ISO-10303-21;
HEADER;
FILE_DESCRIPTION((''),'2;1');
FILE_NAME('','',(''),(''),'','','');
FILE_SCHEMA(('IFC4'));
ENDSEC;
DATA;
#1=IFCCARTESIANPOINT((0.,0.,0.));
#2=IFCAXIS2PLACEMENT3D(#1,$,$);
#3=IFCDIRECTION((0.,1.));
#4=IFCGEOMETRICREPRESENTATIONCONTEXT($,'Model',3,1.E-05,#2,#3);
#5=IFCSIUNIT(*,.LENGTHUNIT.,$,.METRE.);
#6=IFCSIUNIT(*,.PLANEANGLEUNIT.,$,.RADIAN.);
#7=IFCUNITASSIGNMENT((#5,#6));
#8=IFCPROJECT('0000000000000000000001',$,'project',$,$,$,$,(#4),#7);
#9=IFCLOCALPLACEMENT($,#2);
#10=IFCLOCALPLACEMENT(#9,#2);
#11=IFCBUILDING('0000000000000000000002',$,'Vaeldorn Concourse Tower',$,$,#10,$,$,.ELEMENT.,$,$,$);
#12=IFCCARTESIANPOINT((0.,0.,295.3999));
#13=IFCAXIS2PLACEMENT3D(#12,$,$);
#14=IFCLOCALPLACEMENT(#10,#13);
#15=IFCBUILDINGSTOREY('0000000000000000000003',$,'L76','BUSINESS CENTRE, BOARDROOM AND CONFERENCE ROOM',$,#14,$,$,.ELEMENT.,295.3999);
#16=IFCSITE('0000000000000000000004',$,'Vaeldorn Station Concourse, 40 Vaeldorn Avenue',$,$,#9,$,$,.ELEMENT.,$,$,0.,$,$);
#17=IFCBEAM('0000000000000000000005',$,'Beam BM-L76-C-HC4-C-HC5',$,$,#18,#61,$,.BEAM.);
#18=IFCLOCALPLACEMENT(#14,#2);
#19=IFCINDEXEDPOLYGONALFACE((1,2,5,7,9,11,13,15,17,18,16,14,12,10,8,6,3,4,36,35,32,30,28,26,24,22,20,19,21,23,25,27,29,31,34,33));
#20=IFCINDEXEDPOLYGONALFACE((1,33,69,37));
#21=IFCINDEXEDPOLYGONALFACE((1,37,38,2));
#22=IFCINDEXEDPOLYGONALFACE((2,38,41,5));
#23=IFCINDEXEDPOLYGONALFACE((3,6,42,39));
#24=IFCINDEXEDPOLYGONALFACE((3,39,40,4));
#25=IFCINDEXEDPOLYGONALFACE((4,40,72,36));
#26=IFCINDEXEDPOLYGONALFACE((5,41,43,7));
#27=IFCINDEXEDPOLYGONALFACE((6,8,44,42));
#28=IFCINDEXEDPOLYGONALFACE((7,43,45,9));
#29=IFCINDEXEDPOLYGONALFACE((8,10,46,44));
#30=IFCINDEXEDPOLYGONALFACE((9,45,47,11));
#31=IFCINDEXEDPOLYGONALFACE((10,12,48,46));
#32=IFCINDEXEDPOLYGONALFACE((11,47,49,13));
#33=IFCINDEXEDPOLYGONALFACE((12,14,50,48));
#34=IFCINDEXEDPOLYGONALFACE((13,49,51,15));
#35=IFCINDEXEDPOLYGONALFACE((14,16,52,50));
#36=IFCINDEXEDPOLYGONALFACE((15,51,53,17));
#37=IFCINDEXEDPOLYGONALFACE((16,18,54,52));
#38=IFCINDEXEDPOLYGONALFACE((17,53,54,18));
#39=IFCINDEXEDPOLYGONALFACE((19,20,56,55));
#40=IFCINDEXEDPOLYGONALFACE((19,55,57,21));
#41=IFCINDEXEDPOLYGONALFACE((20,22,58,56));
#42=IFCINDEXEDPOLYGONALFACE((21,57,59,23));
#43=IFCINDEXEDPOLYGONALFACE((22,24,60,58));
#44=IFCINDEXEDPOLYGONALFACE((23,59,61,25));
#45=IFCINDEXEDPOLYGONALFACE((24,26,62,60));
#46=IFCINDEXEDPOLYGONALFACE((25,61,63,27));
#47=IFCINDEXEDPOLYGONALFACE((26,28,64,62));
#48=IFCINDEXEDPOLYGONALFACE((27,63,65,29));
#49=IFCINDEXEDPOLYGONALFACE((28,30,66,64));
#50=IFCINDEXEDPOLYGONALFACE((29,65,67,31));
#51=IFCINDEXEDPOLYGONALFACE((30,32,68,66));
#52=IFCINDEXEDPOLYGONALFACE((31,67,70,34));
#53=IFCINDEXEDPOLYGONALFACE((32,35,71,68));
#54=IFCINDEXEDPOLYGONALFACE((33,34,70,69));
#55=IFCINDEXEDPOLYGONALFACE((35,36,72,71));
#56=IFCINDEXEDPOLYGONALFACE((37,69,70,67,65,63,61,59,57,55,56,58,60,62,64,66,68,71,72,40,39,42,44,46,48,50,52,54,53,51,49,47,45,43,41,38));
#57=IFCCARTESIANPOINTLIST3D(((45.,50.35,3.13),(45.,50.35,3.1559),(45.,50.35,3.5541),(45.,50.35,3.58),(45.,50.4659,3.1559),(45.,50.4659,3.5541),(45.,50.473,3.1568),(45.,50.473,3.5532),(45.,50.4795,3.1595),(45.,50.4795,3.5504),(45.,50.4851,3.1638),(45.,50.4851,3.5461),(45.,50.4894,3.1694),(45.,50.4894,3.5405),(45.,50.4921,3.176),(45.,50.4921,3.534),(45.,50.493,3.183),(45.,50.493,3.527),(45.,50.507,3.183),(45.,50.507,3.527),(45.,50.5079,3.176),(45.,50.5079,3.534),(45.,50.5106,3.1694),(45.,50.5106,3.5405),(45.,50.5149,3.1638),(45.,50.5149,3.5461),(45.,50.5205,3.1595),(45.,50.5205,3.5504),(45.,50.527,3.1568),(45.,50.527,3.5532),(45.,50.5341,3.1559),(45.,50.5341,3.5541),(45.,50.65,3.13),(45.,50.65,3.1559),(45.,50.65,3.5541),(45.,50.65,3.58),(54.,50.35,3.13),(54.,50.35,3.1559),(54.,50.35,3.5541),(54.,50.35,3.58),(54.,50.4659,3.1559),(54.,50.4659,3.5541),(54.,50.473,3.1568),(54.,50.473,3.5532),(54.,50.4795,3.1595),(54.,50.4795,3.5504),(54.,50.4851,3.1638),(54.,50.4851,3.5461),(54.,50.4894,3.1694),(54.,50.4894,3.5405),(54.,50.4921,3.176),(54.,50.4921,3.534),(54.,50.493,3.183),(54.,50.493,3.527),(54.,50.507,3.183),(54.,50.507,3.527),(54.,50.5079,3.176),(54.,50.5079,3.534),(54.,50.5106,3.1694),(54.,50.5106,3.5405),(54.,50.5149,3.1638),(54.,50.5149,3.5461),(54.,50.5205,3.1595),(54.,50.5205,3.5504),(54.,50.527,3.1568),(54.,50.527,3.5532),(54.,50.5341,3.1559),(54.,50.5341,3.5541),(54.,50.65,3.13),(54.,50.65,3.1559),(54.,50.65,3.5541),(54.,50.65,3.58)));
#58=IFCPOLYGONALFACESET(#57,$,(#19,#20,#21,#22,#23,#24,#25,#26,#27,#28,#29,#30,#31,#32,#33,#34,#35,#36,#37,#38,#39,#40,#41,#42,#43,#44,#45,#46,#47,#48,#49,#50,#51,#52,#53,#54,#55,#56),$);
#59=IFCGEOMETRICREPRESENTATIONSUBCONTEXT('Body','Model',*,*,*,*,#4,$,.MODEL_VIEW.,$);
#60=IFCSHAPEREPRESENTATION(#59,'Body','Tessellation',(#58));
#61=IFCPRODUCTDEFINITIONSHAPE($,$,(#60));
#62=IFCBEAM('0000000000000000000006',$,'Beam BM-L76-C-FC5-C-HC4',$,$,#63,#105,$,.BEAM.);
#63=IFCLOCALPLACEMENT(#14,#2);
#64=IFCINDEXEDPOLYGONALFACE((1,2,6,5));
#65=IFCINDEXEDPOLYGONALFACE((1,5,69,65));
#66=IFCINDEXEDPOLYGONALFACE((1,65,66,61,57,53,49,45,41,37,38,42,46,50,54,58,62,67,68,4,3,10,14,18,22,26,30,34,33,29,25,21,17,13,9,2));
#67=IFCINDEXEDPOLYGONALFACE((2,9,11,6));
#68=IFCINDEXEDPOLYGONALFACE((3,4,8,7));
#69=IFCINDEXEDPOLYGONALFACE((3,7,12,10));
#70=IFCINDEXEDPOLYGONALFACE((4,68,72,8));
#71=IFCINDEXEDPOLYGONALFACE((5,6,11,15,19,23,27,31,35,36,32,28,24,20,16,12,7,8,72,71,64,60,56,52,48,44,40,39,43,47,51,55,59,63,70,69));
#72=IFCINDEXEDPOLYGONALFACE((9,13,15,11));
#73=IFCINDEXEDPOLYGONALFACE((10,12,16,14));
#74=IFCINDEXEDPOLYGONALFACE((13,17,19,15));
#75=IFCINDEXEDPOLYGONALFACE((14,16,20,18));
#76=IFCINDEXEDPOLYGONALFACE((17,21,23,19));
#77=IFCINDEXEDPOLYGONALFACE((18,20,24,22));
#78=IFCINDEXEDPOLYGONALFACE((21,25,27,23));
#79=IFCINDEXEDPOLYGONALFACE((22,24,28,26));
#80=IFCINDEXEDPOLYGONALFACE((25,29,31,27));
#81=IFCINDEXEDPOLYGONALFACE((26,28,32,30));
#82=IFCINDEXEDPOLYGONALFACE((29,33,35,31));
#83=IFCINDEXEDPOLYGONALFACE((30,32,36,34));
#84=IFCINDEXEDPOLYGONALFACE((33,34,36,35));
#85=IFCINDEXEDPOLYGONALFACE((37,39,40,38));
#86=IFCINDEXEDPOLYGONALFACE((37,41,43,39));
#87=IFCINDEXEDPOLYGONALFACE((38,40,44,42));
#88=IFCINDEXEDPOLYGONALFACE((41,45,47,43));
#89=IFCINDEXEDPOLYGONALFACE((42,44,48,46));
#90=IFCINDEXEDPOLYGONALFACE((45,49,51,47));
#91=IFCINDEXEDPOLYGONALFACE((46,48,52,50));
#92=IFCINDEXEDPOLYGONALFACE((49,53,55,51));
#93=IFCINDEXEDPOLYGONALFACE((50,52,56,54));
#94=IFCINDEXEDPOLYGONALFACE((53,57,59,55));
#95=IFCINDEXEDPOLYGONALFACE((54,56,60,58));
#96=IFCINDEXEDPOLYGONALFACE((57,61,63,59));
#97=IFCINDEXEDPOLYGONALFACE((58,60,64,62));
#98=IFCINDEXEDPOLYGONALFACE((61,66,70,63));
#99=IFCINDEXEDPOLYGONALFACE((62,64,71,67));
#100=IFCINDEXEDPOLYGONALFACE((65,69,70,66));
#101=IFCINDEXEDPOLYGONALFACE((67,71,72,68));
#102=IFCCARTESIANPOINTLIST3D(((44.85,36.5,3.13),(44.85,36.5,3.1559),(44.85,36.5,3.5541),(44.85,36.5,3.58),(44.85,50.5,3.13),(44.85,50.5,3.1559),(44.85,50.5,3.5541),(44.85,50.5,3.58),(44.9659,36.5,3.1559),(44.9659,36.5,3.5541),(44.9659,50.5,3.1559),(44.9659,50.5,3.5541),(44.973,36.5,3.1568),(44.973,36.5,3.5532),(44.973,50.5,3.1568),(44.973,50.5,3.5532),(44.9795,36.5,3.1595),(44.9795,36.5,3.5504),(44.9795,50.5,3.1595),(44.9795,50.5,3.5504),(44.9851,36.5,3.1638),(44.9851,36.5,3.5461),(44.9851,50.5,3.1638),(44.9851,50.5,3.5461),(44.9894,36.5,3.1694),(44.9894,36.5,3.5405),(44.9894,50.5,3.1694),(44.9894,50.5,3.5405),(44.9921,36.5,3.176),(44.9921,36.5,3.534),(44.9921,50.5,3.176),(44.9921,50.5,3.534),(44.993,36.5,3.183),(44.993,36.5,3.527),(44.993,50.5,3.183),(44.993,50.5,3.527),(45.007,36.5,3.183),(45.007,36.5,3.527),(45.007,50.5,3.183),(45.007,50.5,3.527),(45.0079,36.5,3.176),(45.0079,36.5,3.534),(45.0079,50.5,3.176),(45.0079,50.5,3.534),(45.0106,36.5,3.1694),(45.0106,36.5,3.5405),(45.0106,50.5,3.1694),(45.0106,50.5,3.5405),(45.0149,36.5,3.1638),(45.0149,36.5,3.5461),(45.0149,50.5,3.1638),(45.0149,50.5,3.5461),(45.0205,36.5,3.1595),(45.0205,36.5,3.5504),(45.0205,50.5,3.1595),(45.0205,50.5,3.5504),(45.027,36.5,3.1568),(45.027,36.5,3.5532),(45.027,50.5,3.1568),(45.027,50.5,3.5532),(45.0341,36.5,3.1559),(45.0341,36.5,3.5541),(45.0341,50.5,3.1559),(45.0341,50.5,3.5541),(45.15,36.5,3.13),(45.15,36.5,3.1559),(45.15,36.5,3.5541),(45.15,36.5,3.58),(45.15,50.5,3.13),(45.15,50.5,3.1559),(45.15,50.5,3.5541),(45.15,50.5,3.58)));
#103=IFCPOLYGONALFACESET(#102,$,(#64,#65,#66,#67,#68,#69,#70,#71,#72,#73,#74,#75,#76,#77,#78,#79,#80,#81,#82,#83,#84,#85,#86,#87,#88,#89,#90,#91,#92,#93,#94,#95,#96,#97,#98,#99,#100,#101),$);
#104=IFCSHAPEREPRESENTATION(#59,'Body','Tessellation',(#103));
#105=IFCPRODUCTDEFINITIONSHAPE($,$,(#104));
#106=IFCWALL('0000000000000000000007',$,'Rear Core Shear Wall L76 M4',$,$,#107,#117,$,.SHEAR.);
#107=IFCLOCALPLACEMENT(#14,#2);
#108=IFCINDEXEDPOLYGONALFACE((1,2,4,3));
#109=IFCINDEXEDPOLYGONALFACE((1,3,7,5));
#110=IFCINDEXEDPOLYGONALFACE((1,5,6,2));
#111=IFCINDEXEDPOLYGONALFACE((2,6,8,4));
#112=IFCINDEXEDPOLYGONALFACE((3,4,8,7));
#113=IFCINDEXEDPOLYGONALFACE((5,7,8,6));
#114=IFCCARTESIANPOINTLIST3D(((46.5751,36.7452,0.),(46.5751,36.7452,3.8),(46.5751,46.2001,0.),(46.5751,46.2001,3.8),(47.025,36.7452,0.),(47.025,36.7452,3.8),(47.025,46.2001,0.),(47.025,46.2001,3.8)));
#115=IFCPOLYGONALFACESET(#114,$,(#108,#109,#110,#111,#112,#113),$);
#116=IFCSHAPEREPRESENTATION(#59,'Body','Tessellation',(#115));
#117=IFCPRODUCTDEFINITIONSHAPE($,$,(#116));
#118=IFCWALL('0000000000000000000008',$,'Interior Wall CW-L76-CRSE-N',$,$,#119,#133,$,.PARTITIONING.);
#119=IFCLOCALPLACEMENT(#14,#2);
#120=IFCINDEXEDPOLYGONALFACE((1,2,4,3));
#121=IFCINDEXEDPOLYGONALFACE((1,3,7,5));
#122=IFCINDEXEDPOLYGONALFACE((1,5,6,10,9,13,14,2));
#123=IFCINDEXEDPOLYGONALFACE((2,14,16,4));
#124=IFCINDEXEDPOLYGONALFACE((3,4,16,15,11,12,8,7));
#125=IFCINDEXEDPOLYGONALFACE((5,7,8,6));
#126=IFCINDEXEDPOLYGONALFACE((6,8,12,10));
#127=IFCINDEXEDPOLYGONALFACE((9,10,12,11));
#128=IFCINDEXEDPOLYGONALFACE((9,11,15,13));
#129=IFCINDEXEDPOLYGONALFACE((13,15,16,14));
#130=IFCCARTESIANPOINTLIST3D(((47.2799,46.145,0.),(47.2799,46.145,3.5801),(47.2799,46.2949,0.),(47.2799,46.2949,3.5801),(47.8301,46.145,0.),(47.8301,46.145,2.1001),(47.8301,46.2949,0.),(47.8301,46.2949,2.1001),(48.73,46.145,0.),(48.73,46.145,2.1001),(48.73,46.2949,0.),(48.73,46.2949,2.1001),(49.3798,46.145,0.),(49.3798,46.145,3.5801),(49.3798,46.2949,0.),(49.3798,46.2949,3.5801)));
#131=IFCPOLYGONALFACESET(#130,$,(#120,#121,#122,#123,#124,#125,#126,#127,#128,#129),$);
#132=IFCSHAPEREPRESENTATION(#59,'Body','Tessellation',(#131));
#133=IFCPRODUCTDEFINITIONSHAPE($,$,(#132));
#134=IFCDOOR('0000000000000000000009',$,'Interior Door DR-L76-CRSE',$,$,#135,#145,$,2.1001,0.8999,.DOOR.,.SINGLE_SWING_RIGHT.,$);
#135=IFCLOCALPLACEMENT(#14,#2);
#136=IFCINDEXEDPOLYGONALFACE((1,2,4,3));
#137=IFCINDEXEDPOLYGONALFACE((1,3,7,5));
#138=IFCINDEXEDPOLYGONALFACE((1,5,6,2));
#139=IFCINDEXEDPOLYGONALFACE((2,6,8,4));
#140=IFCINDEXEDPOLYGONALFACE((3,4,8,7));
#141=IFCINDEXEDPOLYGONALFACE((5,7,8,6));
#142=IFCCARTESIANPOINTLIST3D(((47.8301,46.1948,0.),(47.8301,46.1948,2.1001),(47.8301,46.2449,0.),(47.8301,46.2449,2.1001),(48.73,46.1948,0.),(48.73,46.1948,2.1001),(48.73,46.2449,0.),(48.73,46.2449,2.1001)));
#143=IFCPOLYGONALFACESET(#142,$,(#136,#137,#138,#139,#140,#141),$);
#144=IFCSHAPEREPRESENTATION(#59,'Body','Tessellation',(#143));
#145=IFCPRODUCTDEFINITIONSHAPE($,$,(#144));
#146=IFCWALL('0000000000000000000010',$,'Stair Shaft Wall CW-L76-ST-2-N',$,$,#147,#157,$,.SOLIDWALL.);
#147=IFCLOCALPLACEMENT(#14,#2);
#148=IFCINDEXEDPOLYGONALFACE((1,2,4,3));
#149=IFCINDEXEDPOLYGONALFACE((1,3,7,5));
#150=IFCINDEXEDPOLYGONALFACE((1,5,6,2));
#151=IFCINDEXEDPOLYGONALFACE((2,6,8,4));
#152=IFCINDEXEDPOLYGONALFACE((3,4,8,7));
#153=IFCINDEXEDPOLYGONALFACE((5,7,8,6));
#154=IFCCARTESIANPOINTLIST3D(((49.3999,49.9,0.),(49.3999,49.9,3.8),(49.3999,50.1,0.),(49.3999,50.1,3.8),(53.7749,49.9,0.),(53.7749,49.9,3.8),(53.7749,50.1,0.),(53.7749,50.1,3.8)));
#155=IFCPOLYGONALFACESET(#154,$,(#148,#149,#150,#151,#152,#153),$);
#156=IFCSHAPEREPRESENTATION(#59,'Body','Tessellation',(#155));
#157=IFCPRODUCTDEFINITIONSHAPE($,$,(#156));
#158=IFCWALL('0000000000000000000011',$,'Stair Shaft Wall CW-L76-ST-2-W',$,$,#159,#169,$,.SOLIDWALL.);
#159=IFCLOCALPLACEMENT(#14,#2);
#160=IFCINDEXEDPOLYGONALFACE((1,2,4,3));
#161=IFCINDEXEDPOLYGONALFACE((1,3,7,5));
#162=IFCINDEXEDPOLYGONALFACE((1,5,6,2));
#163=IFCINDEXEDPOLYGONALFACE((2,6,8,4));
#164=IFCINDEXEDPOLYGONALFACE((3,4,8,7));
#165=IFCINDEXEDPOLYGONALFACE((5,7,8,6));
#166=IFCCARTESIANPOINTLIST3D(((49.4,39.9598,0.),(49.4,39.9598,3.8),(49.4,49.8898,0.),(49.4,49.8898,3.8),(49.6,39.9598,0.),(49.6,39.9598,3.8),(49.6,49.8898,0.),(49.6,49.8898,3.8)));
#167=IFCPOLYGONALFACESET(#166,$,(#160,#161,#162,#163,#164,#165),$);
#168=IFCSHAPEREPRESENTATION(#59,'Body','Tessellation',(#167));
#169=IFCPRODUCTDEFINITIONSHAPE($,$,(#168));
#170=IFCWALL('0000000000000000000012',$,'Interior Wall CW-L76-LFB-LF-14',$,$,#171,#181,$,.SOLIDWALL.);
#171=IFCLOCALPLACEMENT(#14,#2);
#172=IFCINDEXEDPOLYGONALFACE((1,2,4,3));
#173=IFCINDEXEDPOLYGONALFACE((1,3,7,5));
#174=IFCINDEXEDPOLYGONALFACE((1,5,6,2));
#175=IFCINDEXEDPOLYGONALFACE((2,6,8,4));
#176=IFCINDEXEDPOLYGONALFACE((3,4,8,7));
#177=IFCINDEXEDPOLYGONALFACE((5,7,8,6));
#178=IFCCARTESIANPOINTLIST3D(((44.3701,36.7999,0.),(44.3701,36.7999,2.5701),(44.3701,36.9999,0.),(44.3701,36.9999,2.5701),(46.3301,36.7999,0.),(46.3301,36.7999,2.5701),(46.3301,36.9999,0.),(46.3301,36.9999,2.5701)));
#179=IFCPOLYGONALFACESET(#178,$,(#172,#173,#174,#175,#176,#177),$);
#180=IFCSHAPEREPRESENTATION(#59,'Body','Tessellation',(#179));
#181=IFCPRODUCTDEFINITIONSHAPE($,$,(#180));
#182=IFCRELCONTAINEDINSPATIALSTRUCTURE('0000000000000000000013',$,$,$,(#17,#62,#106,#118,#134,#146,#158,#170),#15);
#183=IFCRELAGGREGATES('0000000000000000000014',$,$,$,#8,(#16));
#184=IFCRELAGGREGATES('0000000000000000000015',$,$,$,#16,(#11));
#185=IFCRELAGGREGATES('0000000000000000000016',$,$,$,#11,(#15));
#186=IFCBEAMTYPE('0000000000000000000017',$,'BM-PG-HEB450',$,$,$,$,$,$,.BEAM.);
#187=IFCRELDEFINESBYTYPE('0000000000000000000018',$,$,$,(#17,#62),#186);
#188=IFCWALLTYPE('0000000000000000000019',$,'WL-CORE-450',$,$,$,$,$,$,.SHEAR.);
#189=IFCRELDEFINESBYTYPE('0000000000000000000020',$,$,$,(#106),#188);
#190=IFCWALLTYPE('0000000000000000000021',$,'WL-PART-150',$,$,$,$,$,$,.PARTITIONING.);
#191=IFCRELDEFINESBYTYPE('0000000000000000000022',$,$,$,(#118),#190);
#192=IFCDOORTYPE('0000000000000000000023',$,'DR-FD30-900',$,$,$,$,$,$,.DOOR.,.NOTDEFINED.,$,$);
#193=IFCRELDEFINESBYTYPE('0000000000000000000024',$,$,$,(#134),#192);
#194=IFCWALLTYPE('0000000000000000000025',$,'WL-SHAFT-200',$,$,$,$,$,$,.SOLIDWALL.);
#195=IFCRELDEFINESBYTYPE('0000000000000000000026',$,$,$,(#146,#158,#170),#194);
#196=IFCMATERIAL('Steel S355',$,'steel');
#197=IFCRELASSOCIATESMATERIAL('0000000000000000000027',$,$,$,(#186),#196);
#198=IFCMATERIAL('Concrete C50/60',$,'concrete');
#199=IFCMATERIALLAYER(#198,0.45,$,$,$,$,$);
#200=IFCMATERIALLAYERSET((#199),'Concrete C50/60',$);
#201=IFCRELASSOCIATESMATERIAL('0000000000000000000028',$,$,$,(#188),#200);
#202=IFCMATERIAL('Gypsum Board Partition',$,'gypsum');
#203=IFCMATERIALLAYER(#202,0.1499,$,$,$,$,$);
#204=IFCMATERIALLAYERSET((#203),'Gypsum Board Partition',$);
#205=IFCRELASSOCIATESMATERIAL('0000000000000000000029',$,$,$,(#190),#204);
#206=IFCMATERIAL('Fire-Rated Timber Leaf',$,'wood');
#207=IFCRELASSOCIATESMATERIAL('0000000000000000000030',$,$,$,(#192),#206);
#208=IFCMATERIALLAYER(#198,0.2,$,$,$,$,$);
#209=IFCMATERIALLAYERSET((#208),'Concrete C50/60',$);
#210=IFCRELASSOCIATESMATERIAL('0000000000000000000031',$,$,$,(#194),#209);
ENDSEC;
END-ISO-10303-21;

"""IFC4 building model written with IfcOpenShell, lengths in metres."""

from ifc_helpers import new_model, si_unit, direction, frame, frame_2d, origin, origin_2d, place, context, subcontext, project, spatial, rectangle, i_section, extrude, source, transform, mapped, material, layer, layer_set, material_profile, profile_set, type_object, element, fill, save


model = new_model("IFC4")

# Units and contexts
model_context = context("Model", 3, precision=1e-05, world=origin(), true_north=direction((0.0, 1.0)))
body_context = subcontext(model_context, "Body", "Model", "MODEL_VIEW")
ifc_project = project(units=[si_unit("LENGTHUNIT", "METRE"), si_unit("PLANEANGLEUNIT", "RADIAN")], contexts=[model_context])

# Site, building, storey
site_placement = place(None, origin())
site = spatial("IfcSite", under=ifc_project, at=site_placement, Name="Vaeldorn Station Concourse, 40 Vaeldorn Avenue", CompositionType="ELEMENT", RefElevation=0.0)
building_placement = place(site_placement, origin())
building = spatial("IfcBuilding", under=site, at=building_placement, Name="Vaeldorn Concourse Tower", CompositionType="ELEMENT")
storey_placement = place(building_placement, frame((0.0, 0.0, 295.3999)))
storey = spatial("IfcBuildingStorey", under=building, at=storey_placement, Name="L76", Description="BUSINESS CENTRE, BOARDROOM AND CONFERENCE ROOM", CompositionType="ELEMENT", Elevation=295.3999)

# Shared definitions
ifc_material_1 = material(Name="Steel S355", Category="steel")

# Beams
ifc_material_2 = material(Name="Concrete C50/60", Category="concrete")
ifc_material_profile_1 = material_profile(ifc_material_1, i_section(OverallWidth=0.3, OverallDepth=0.45, WebThickness=0.0139, FlangeThickness=0.0259, FilletRadius=0.0271, at=origin_2d()), Name="HEB 450")
ifc_profile_set_1 = profile_set([ifc_material_profile_1], Name="Steel S355")
beam_type_1 = type_object("IfcBeamType", Name="BM-PG-HEB450", PredefinedType="BEAM", material=ifc_profile_set_1)
shared_shape_1 = source(origin(), body_context, "Body", "SweptSolid", [
    extrude(i_section(OverallWidth=0.3, OverallDepth=0.45, WebThickness=0.0139, FlangeThickness=0.0259, FilletRadius=0.0271, at=origin_2d()), origin(), (0.0, 0.0, 1.0), 9.0),
])
beam_1_placement = place(storey_placement, frame((45.0, 50.5, 3.355), z_axis=(1.0, 0.0, 0.0), x_axis=(0.0, 1.0, 0.0)))
element("IfcBeam", 1, at=beam_1_placement, inside=storey, type_object=beam_type_1, Name="Beam BM-L76-C-HC4-C-HC5", PredefinedType="BEAM", context=body_context, shape_type="MappedRepresentation", body=[
    mapped(shared_shape_1, transform((0.0, 0.0, 0.0), scale=1.0)),
])
shared_shape_2 = source(origin(), body_context, "Body", "SweptSolid", [
    extrude(i_section(OverallWidth=0.3, OverallDepth=0.45, WebThickness=0.0139, FlangeThickness=0.0259, FilletRadius=0.0271, at=origin_2d()), origin(), (0.0, 0.0, 1.0), 14.0),
])
beam_2_placement = place(storey_placement, frame((45.0, 36.5, 3.355), z_axis=(0.0, 1.0, 0.0), x_axis=(-1.0, 0.0, 0.0)))
element("IfcBeam", 2, at=beam_2_placement, inside=storey, type_object=beam_type_1, Name="Beam BM-L76-C-FC5-C-HC4", PredefinedType="BEAM", context=body_context, shape_type="MappedRepresentation", body=[
    mapped(shared_shape_2, transform((0.0, 0.0, 0.0), scale=1.0)),
])

# Wall
ifc_layer_1 = layer(ifc_material_2, 0.45)
ifc_layer_set_1 = layer_set([ifc_layer_1], Name="Concrete C50/60")
wall_type_1 = type_object("IfcWallType", Name="WL-CORE-450", PredefinedType="SHEAR", material=ifc_layer_set_1)
wall_1_placement = place(storey_placement, frame((46.8, 36.7451, 0.0), z_axis=(0.0, 0.0, 1.0), x_axis=(0.0, 1.0, 0.0)))
element("IfcWall", 3, at=wall_1_placement, inside=storey, type_object=wall_type_1, Name="Rear Core Shear Wall L76 M4", PredefinedType="SHEAR", context=body_context, shape_type="SweptSolid", body=[
    extrude(rectangle(XDim=9.4548, YDim=0.45, at=frame_2d((4.7275, 0.0))), origin(), (0.0, 0.0, 1.0), 3.8),
])

# Wall, opening, door
ifc_material_3 = material(Name="Gypsum Board Partition", Category="gypsum")
ifc_layer_2 = layer(ifc_material_3, 0.1499)
ifc_layer_set_2 = layer_set([ifc_layer_2], Name="Gypsum Board Partition")
wall_type_2 = type_object("IfcWallType", Name="WL-PART-150", PredefinedType="PARTITIONING", material=ifc_layer_set_2)
wall_2_placement = place(storey_placement, frame((47.28, 46.22, 0.0), z_axis=(0.0, 0.0, 1.0), x_axis=(1.0, 0.0, 0.0)))
wall_2 = element("IfcWall", 4, at=wall_2_placement, inside=storey, type_object=wall_type_2, Name="Interior Wall CW-L76-CRSE-N", PredefinedType="PARTITIONING", context=body_context, shape_type="SweptSolid", body=[
    extrude(rectangle(XDim=2.0999, YDim=0.1499, at=frame_2d((1.0498, 0.0))), origin(), (0.0, 0.0, 1.0), 3.5801),
])
opening_1_placement = place(wall_2_placement, frame((0.55, 0.0, 0.0)))
opening_1 = element("IfcOpeningElement", 5, at=opening_1_placement, cuts=wall_2, PredefinedType="OPENING", context=body_context, shape_type="SweptSolid", body=[
    extrude(rectangle(XDim=0.8999, YDim=2.1001, at=frame_2d((0.45, 1.05))), frame((0.0, 0.085, 0.0), z_axis=(0.0, -1.0, 0.0), x_axis=(1.0, 0.0, 0.0)), (0.0, 0.0, 1.0), 0.1699),
])
ifc_material_4 = material(Name="Fire-Rated Timber Leaf", Category="wood")
door_type_1 = type_object("IfcDoorType", Name="DR-FD30-900", OperationType="NOTDEFINED", PredefinedType="DOOR", material=ifc_material_4)
shared_shape_3 = source(origin(), body_context, "Body", "SweptSolid", [
    extrude(rectangle(XDim=0.8999, YDim=2.1001, at=frame_2d((0.45, 1.05))), frame((0.0, 0.0249, 0.0), z_axis=(0.0, -1.0, 0.0), x_axis=(1.0, 0.0, 0.0)), (0.0, 0.0, 1.0), 0.05),
])
door_1_placement = place(opening_1_placement, origin())
door_1 = element("IfcDoor", 6, at=door_1_placement, inside=storey, type_object=door_type_1, Name="Interior Door DR-L76-CRSE", OperationType="SINGLE_SWING_RIGHT", OverallHeight=2.1001, OverallWidth=0.8999, PredefinedType="DOOR", context=body_context, shape_type="MappedRepresentation", body=[
    mapped(shared_shape_3, transform((0.0, 0.0, 0.0), scale=1.0)),
])
fill(opening_1, door_1)
ifc_layer_3 = layer(ifc_material_2, 0.2)
ifc_layer_set_3 = layer_set([ifc_layer_3], Name="Concrete C50/60")
wall_type_3 = type_object("IfcWallType", Name="WL-SHAFT-200", PredefinedType="SOLIDWALL", material=ifc_layer_set_3)

# Walls
wall_3_placement = place(storey_placement, frame((49.3999, 50.0, 0.0), z_axis=(0.0, 0.0, 1.0), x_axis=(1.0, 0.0, 0.0)))
element("IfcWall", 7, at=wall_3_placement, inside=storey, type_object=wall_type_3, Name="Stair Shaft Wall CW-L76-ST-2-N", PredefinedType="SOLIDWALL", context=body_context, shape_type="SweptSolid", body=[
    extrude(rectangle(XDim=4.375, YDim=0.2, at=frame_2d((2.1875, 0.0))), origin(), (0.0, 0.0, 1.0), 3.8),
])
wall_4_placement = place(storey_placement, frame((49.5, 39.96, 0.0), z_axis=(0.0, 0.0, 1.0), x_axis=(0.0, 1.0, 0.0)))
element("IfcWall", 8, at=wall_4_placement, inside=storey, type_object=wall_type_3, Name="Stair Shaft Wall CW-L76-ST-2-W", PredefinedType="SOLIDWALL", context=body_context, shape_type="SweptSolid", body=[
    extrude(rectangle(XDim=9.9299, YDim=0.2, at=frame_2d((4.9648, 0.0))), origin(), (0.0, 0.0, 1.0), 3.8),
])

# Wall
wall_5_placement = place(storey_placement, frame((44.3701, 36.8999, 0.0), z_axis=(0.0, 0.0, 1.0), x_axis=(1.0, 0.0, 0.0)))
element("IfcWall", 9, at=wall_5_placement, inside=storey, type_object=wall_type_3, Name="Interior Wall CW-L76-LFB-LF-14", PredefinedType="SOLIDWALL", context=body_context, shape_type="SweptSolid", body=[
    extrude(rectangle(XDim=1.96, YDim=0.2, at=frame_2d((0.98, 0.0))), origin(), (0.0, 0.0, 1.0), 2.5701),
])

save(model, "model.ifc")
